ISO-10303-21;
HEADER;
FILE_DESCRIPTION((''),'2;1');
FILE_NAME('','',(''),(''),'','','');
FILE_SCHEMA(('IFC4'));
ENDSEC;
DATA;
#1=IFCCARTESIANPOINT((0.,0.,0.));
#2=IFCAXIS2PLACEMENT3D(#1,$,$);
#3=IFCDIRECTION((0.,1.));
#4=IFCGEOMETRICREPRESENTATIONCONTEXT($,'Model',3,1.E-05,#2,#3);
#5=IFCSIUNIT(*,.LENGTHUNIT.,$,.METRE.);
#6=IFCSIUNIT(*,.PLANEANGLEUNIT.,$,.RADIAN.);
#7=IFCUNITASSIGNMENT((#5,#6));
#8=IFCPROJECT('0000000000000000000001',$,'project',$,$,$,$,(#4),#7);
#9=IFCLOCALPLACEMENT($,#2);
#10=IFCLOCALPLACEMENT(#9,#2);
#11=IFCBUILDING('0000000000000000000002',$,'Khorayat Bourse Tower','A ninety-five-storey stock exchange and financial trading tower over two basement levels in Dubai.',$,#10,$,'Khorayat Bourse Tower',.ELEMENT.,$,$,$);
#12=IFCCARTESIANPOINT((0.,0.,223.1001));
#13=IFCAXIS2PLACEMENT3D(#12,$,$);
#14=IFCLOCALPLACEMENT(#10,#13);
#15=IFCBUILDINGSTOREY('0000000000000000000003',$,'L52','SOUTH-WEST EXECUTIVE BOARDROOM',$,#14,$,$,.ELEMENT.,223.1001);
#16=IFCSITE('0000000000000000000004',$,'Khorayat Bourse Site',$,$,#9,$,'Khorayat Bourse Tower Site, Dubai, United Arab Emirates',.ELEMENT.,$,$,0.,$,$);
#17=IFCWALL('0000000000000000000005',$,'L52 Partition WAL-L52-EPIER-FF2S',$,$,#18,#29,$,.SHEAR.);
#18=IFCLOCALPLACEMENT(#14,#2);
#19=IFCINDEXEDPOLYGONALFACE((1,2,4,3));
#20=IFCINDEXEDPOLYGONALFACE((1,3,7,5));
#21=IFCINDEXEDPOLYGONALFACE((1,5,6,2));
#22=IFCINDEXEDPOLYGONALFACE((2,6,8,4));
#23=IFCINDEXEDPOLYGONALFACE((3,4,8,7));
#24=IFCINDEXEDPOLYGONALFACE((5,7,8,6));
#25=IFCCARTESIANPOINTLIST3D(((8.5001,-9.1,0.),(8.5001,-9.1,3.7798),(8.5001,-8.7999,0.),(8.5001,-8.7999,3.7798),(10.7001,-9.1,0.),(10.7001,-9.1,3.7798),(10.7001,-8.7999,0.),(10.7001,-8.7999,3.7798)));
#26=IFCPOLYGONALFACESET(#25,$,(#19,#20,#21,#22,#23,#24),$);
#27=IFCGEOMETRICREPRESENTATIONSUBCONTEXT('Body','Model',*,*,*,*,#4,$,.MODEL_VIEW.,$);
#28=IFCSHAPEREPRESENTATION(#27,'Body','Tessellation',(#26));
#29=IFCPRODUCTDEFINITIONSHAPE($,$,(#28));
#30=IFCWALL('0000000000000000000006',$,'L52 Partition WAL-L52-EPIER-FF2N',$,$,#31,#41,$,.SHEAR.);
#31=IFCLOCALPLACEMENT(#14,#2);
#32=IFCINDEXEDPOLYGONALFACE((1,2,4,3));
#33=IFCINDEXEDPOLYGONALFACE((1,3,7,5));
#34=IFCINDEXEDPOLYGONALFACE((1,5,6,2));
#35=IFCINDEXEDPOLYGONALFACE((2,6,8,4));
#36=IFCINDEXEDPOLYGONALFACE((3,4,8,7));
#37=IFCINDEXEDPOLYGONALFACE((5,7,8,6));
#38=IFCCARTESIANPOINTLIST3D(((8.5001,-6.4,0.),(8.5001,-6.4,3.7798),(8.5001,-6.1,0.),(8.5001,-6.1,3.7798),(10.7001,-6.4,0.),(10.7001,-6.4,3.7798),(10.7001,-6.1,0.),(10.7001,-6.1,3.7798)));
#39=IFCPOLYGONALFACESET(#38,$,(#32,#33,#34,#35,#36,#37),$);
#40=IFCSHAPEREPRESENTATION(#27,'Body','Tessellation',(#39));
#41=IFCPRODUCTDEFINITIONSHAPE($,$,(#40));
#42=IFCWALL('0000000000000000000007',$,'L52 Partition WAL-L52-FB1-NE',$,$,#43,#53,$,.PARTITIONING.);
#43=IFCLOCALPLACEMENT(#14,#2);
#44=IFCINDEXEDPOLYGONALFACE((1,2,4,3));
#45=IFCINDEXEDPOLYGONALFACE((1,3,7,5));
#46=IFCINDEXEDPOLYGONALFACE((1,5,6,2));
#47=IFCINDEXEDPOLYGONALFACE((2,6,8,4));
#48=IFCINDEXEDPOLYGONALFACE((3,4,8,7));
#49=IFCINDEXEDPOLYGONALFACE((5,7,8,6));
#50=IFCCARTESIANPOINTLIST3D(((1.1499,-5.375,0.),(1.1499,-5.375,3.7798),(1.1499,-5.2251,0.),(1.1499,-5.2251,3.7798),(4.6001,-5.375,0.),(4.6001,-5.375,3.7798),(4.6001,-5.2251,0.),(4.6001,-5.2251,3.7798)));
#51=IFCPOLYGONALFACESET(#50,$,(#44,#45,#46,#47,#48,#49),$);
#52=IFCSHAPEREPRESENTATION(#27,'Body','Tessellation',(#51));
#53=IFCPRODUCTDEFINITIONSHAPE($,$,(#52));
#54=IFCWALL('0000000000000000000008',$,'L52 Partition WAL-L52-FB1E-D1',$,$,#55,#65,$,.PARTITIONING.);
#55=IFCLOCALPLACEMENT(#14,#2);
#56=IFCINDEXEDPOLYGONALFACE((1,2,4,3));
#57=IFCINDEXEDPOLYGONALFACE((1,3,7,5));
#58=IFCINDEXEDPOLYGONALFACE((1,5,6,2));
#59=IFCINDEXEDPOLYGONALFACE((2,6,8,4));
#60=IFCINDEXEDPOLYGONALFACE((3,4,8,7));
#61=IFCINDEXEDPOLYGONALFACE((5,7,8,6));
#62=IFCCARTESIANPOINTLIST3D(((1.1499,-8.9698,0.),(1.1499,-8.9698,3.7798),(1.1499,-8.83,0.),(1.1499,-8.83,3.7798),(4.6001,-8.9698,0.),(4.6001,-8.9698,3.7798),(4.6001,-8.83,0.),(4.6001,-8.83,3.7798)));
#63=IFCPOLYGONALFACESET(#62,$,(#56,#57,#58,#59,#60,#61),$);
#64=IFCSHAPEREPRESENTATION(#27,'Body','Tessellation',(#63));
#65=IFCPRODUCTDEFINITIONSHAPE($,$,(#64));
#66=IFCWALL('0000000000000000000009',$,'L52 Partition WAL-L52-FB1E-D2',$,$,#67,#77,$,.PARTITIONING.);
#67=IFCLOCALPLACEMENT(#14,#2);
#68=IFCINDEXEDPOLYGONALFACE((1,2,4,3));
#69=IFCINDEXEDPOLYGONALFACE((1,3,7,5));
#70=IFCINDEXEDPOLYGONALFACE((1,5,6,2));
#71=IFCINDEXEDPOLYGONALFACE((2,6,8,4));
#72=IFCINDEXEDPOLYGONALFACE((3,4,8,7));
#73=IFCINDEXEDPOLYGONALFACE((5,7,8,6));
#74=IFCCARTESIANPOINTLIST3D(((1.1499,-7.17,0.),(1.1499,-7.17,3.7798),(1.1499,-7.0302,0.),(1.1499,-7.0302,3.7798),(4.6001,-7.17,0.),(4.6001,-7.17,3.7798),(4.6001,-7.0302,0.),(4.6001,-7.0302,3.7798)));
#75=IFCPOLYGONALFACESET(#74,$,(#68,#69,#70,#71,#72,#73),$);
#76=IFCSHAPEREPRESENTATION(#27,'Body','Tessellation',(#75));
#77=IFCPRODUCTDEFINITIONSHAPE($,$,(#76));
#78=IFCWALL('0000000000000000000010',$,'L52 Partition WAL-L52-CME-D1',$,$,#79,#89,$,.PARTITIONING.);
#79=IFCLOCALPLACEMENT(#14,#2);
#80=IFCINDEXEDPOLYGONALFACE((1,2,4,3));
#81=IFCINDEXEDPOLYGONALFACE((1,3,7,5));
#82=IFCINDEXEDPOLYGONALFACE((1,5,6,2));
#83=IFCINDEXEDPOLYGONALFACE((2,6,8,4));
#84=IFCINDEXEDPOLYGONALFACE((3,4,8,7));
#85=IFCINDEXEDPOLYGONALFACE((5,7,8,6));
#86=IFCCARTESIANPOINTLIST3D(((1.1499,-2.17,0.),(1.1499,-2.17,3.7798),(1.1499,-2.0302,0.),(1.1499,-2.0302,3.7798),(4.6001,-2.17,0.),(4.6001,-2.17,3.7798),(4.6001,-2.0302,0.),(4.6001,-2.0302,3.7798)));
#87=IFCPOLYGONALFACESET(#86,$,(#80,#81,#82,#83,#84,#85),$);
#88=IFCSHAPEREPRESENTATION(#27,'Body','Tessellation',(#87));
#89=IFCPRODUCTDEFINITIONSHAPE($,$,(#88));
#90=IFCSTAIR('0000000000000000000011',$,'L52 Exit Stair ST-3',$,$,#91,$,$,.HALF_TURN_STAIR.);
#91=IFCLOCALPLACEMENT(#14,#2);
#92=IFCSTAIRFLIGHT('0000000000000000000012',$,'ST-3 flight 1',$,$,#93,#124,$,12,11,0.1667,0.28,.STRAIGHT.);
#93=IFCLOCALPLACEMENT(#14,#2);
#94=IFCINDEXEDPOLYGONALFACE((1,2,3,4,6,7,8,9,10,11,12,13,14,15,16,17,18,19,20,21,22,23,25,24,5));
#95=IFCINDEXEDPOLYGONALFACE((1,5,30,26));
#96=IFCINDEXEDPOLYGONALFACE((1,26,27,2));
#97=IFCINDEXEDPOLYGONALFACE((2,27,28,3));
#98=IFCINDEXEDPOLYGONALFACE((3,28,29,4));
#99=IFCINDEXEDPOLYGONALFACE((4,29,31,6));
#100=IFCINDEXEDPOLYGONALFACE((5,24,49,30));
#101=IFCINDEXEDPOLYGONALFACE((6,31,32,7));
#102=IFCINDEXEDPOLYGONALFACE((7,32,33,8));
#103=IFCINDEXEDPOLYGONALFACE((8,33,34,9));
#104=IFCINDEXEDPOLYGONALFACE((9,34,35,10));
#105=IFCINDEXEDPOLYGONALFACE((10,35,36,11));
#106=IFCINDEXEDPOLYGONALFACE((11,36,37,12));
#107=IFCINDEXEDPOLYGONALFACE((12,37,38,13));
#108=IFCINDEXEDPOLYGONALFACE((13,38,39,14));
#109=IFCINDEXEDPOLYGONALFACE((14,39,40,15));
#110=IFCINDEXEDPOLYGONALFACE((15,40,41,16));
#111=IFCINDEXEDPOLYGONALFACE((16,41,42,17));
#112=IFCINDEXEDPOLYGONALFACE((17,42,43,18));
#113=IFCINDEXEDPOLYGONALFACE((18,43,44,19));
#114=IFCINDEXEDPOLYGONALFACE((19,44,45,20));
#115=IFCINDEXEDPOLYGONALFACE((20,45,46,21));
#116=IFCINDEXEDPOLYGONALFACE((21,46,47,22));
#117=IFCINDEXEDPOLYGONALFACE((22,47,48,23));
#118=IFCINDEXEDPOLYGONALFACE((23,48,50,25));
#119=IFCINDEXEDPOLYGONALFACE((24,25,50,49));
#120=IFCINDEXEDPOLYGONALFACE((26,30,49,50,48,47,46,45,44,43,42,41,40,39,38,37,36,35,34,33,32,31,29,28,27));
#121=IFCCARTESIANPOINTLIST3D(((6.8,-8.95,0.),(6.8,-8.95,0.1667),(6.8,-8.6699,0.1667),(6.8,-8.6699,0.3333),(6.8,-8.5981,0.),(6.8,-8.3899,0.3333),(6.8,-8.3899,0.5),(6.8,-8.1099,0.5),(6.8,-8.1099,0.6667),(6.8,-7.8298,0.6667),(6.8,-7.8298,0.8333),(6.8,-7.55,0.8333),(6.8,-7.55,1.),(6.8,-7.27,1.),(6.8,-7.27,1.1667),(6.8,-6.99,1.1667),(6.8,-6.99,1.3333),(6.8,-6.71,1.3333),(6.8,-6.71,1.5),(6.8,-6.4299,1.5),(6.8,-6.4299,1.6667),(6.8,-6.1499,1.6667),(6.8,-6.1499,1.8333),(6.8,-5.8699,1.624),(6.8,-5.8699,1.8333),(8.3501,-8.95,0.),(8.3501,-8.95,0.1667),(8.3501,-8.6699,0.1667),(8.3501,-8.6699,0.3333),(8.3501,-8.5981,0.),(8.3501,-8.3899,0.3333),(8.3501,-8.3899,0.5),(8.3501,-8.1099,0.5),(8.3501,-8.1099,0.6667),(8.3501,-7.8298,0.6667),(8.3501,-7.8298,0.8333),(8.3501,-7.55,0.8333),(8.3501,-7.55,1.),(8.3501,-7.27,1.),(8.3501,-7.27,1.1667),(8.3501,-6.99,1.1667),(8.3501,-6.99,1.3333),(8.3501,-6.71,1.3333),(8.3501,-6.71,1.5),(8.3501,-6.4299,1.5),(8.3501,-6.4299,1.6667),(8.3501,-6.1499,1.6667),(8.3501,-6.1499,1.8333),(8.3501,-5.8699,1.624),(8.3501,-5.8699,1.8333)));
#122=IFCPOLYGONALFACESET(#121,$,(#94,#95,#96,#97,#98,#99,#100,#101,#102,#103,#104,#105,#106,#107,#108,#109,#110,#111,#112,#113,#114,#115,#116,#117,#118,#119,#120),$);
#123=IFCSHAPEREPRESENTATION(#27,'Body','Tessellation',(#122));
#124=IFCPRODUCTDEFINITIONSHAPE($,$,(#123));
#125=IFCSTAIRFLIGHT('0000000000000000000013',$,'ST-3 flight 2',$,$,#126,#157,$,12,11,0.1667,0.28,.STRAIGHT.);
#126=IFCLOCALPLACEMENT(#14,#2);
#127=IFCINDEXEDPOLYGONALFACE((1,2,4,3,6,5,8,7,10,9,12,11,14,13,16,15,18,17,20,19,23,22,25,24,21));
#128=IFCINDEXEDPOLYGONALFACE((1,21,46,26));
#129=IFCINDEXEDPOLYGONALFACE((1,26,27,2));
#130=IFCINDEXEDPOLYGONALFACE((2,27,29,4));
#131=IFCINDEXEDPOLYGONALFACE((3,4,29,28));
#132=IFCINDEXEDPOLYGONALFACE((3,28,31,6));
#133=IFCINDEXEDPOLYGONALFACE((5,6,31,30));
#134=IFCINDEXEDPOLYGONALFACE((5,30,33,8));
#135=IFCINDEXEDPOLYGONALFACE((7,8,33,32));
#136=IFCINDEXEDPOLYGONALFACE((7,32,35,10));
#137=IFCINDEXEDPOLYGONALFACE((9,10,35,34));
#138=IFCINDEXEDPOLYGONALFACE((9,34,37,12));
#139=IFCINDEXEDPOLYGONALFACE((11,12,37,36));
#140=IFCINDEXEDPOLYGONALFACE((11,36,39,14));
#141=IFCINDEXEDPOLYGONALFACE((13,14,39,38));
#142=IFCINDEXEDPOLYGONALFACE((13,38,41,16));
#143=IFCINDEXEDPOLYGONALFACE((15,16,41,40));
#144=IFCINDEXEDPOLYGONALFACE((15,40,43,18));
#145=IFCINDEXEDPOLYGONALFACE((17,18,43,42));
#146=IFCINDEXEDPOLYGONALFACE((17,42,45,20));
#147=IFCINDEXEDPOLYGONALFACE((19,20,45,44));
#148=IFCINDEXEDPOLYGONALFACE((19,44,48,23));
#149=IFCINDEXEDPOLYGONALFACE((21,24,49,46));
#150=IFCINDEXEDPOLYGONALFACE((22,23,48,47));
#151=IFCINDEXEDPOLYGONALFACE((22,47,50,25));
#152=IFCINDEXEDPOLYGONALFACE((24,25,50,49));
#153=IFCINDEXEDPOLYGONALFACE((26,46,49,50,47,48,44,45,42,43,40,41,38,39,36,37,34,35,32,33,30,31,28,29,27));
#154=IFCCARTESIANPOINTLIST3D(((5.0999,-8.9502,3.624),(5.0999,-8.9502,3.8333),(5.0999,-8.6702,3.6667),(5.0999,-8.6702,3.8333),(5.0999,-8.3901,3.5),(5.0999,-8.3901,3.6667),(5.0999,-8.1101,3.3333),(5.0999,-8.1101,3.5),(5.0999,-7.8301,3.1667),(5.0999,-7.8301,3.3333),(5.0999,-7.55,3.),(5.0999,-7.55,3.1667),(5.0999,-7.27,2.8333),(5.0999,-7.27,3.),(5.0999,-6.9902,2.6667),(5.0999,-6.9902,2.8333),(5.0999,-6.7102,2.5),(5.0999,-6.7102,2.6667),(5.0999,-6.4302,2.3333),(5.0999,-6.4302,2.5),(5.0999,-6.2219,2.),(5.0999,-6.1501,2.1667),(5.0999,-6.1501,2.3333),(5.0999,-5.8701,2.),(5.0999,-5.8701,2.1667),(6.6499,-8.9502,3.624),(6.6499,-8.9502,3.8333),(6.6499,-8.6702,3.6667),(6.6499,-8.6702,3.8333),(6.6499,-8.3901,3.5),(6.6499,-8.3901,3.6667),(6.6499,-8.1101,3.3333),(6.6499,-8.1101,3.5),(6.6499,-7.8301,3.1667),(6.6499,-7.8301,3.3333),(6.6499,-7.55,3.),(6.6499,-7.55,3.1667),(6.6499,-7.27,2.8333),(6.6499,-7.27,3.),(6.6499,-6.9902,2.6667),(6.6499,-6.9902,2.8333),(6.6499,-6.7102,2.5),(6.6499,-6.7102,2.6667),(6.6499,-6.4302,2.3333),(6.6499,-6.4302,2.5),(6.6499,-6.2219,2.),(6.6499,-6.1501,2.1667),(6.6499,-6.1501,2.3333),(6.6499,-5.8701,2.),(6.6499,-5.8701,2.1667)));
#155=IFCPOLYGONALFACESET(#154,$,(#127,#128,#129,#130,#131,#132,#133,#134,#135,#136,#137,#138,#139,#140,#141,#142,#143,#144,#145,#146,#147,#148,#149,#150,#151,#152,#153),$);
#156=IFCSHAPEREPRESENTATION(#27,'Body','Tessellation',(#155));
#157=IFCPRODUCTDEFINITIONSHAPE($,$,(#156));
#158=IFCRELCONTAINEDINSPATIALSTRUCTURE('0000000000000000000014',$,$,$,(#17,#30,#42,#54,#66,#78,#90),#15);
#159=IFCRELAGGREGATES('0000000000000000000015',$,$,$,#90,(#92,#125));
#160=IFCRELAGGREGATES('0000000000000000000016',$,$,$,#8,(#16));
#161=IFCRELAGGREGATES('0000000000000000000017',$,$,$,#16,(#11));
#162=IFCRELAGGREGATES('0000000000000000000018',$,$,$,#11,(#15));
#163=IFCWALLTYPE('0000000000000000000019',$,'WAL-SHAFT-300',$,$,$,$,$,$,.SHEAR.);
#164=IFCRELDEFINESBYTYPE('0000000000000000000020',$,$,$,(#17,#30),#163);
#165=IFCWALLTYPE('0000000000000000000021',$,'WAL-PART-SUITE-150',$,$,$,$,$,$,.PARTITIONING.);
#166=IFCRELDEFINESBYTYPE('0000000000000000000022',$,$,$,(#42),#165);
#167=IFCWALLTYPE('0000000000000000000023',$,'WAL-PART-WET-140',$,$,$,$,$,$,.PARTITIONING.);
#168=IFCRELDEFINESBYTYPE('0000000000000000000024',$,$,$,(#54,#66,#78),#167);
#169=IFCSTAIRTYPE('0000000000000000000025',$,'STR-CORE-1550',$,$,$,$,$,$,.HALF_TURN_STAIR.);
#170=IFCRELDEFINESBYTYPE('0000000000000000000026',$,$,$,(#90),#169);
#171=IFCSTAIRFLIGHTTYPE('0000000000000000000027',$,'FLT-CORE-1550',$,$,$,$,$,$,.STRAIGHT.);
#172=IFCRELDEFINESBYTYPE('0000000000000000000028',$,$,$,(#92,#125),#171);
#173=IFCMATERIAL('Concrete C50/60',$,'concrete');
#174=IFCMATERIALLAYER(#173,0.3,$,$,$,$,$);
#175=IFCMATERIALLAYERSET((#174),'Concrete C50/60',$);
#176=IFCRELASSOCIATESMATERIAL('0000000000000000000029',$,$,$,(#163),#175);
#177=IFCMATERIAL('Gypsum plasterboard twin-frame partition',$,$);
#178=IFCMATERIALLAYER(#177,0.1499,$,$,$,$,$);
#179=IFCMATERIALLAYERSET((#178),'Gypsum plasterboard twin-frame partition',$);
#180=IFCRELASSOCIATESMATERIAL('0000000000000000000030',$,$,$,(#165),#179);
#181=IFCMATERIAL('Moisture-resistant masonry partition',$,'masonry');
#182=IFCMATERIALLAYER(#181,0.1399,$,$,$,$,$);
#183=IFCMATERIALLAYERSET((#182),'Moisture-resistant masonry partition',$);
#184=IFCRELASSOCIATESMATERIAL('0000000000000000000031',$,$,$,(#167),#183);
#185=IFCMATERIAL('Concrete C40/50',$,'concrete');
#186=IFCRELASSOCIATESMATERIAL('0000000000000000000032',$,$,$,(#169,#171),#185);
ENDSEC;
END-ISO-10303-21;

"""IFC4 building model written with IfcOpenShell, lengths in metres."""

from ifc_helpers import new_model, si_unit, direction, frame, frame_2d, origin, place, context, subcontext, project, spatial, polyline, rectangle, outline, extrude, source, transform, mapped, material, layer, layer_set, type_object, element, aggregate, save


model = new_model("IFC4")

# Units and contexts
model_context = context("Model", 3, precision=1e-05, world=origin(), true_north=direction((0.0, 1.0)))
body_context = subcontext(model_context, "Body", "Model", "MODEL_VIEW")
ifc_project = project(units=[si_unit("LENGTHUNIT", "METRE"), si_unit("PLANEANGLEUNIT", "RADIAN")], contexts=[model_context])

# Site, building, storey
site_placement = place(None, origin())
site = spatial("IfcSite", under=ifc_project, at=site_placement, Name="Khorayat Bourse Site", LongName="Khorayat Bourse Tower Site, Dubai, United Arab Emirates", CompositionType="ELEMENT", RefElevation=0.0)
building_placement = place(site_placement, origin())
building = spatial("IfcBuilding", under=site, at=building_placement, Name="Khorayat Bourse Tower", Description="A ninety-five-storey stock exchange and financial trading tower over two basement levels in Dubai.", LongName="Khorayat Bourse Tower", CompositionType="ELEMENT")
storey_placement = place(building_placement, frame((0.0, 0.0, 223.1001)))
storey = spatial("IfcBuildingStorey", under=building, at=storey_placement, Name="L52", Description="SOUTH-WEST EXECUTIVE BOARDROOM", CompositionType="ELEMENT", Elevation=223.1001)

# Walls
ifc_material_1 = material(Name="Concrete C50/60", Category="concrete")
ifc_layer_1 = layer(ifc_material_1, 0.3)
ifc_layer_set_1 = layer_set([ifc_layer_1], Name="Concrete C50/60")
wall_type_1 = type_object("IfcWallType", Name="WAL-SHAFT-300", PredefinedType="SHEAR", material=ifc_layer_set_1)
shared_shape_1 = source(origin(), body_context, "Body", "SweptSolid", [
    extrude(rectangle(XDim=2.2, YDim=0.3, at=frame_2d((1.1001, 0.0))), origin(), (0.0, 0.0, 1.0), 3.7798),
])
for number, where, z_axis, x_axis, name in (
    (1, (8.5, -8.95, 0.0), (0.0, 0.0, 1.0), (1.0, 0.0, 0.0), "L52 Partition WAL-L52-EPIER-FF2S"),
    (2, (8.5, -6.25, 0.0), (0.0, 0.0, 1.0), (1.0, 0.0, 0.0), "L52 Partition WAL-L52-EPIER-FF2N"),
):
    element("IfcWall", number, at=place(storey_placement, frame(where, z_axis=z_axis, x_axis=x_axis)), inside=storey, type_object=wall_type_1, Name=name, PredefinedType="SHEAR", context=body_context, shape_type="MappedRepresentation", body=[
        mapped(shared_shape_1, transform((0.0, 0.0, 0.0), scale=1.0)),
    ])
ifc_material_2 = material(Name="Gypsum plasterboard twin-frame partition")
ifc_layer_2 = layer(ifc_material_2, 0.1499)
ifc_layer_set_2 = layer_set([ifc_layer_2], Name="Gypsum plasterboard twin-frame partition")
wall_type_2 = type_object("IfcWallType", Name="WAL-PART-SUITE-150", PredefinedType="PARTITIONING", material=ifc_layer_set_2)
shared_shape_2 = source(origin(), body_context, "Body", "SweptSolid", [
    extrude(rectangle(XDim=3.4502, YDim=0.1499, at=frame_2d((1.7251, 0.0))), origin(), (0.0, 0.0, 1.0), 3.7798),
])
wall_1_placement = place(storey_placement, frame((1.1499, -5.3, 0.0), z_axis=(0.0, 0.0, 1.0), x_axis=(1.0, 0.0, 0.0)))
element("IfcWall", 3, at=wall_1_placement, inside=storey, type_object=wall_type_2, Name="L52 Partition WAL-L52-FB1-NE", PredefinedType="PARTITIONING", context=body_context, shape_type="MappedRepresentation", body=[
    mapped(shared_shape_2, transform((0.0, 0.0, 0.0), scale=1.0)),
])
ifc_material_3 = material(Name="Moisture-resistant masonry partition", Category="masonry")
ifc_layer_3 = layer(ifc_material_3, 0.1399)
ifc_layer_set_3 = layer_set([ifc_layer_3], Name="Moisture-resistant masonry partition")
wall_type_3 = type_object("IfcWallType", Name="WAL-PART-WET-140", PredefinedType="PARTITIONING", material=ifc_layer_set_3)
shared_shape_3 = source(origin(), body_context, "Body", "SweptSolid", [
    extrude(rectangle(XDim=3.4502, YDim=0.1399, at=frame_2d((1.7251, 0.0))), origin(), (0.0, 0.0, 1.0), 3.7798),
])
for number, where, z_axis, x_axis, name in (
    (4, (1.1499, -8.8999, 0.0), (0.0, 0.0, 1.0), (1.0, 0.0, 0.0), "L52 Partition WAL-L52-FB1E-D1"),
    (5, (1.1499, -7.1001, 0.0), (0.0, 0.0, 1.0), (1.0, 0.0, 0.0), "L52 Partition WAL-L52-FB1E-D2"),
    (6, (1.1499, -2.1001, 0.0), (0.0, 0.0, 1.0), (1.0, 0.0, 0.0), "L52 Partition WAL-L52-CME-D1"),
):
    element("IfcWall", number, at=place(storey_placement, frame(where, z_axis=z_axis, x_axis=x_axis)), inside=storey, type_object=wall_type_3, Name=name, PredefinedType="PARTITIONING", context=body_context, shape_type="MappedRepresentation", body=[
        mapped(shared_shape_3, transform((0.0, 0.0, 0.0), scale=1.0)),
    ])

# Stair, stair flights
ifc_material_4 = material(Name="Concrete C40/50", Category="concrete")
stair_type = type_object("IfcStairType", Name="STR-CORE-1550", PredefinedType="HALF_TURN_STAIR", material=ifc_material_4)
stair_placement = place(storey_placement, origin())
stair = element("IfcStair", 7, at=stair_placement, inside=storey, type_object=stair_type, Name="L52 Exit Stair ST-3", PredefinedType="HALF_TURN_STAIR")
stair_flight_type = type_object("IfcStairFlightType", Name="FLT-CORE-1550", PredefinedType="STRAIGHT", material=ifc_material_4)
shared_shape_4 = source(origin(), body_context, "Body", "SweptSolid", [
    extrude(outline(polyline([(0.0, 0.0), (0.0, 0.1667), (0.28, 0.1667), (0.28, 0.3333), (0.5601, 0.3333), (0.5601, 0.5), (0.8401, 0.5), (0.8401, 0.6667), (1.1201, 0.6667), (1.1201, 0.8333), (1.3999, 0.8333), (1.3999, 1.0), (1.6799, 1.0), (1.6799, 1.1667), (1.96, 1.1667), (1.96, 1.3333), (2.24, 1.3333), (2.24, 1.5), (2.52, 1.5), (2.52, 1.6667), (2.8, 1.6667), (2.8, 1.8333), (3.0801, 1.8333), (3.0801, 2.0), (3.0801, 1.624), (0.3518, 0.0), (0.0, 0.0)])), frame((0.0, 0.7749, 0.0), z_axis=(0.0, -1.0, 0.0), x_axis=(1.0, 0.0, 0.0)), (0.0, 0.0, 1.0), 1.55),
])
stair_flight_1_placement = place(storey_placement, frame((7.575, -8.95, 0.0), z_axis=(0.0, 0.0, 1.0), x_axis=(0.0, 1.0, 0.0)))
stair_flight_1 = element("IfcStairFlight", 8, at=stair_flight_1_placement, type_object=stair_flight_type, Name="ST-3 flight 1", NumberOfRisers=12, NumberOfTreads=11, PredefinedType="STRAIGHT", RiserHeight=0.1667, TreadLength=0.28, context=body_context, shape_type="MappedRepresentation", body=[
    mapped(shared_shape_4, transform((0.0, 0.0, 0.0), scale=1.0)),
])
stair_flight_2_placement = place(storey_placement, frame((5.875, -5.8701, 2.0), z_axis=(0.0, 0.0, 1.0), x_axis=(0.0, -1.0, 0.0)))
stair_flight_2 = element("IfcStairFlight", 9, at=stair_flight_2_placement, type_object=stair_flight_type, Name="ST-3 flight 2", NumberOfRisers=12, NumberOfTreads=11, PredefinedType="STRAIGHT", RiserHeight=0.1667, TreadLength=0.28, context=body_context, shape_type="MappedRepresentation", body=[
    mapped(shared_shape_4, transform((0.0, 0.0, 0.0), scale=1.0)),
])
aggregate(stair, [stair_flight_1, stair_flight_2])

save(model, "model.ifc")
